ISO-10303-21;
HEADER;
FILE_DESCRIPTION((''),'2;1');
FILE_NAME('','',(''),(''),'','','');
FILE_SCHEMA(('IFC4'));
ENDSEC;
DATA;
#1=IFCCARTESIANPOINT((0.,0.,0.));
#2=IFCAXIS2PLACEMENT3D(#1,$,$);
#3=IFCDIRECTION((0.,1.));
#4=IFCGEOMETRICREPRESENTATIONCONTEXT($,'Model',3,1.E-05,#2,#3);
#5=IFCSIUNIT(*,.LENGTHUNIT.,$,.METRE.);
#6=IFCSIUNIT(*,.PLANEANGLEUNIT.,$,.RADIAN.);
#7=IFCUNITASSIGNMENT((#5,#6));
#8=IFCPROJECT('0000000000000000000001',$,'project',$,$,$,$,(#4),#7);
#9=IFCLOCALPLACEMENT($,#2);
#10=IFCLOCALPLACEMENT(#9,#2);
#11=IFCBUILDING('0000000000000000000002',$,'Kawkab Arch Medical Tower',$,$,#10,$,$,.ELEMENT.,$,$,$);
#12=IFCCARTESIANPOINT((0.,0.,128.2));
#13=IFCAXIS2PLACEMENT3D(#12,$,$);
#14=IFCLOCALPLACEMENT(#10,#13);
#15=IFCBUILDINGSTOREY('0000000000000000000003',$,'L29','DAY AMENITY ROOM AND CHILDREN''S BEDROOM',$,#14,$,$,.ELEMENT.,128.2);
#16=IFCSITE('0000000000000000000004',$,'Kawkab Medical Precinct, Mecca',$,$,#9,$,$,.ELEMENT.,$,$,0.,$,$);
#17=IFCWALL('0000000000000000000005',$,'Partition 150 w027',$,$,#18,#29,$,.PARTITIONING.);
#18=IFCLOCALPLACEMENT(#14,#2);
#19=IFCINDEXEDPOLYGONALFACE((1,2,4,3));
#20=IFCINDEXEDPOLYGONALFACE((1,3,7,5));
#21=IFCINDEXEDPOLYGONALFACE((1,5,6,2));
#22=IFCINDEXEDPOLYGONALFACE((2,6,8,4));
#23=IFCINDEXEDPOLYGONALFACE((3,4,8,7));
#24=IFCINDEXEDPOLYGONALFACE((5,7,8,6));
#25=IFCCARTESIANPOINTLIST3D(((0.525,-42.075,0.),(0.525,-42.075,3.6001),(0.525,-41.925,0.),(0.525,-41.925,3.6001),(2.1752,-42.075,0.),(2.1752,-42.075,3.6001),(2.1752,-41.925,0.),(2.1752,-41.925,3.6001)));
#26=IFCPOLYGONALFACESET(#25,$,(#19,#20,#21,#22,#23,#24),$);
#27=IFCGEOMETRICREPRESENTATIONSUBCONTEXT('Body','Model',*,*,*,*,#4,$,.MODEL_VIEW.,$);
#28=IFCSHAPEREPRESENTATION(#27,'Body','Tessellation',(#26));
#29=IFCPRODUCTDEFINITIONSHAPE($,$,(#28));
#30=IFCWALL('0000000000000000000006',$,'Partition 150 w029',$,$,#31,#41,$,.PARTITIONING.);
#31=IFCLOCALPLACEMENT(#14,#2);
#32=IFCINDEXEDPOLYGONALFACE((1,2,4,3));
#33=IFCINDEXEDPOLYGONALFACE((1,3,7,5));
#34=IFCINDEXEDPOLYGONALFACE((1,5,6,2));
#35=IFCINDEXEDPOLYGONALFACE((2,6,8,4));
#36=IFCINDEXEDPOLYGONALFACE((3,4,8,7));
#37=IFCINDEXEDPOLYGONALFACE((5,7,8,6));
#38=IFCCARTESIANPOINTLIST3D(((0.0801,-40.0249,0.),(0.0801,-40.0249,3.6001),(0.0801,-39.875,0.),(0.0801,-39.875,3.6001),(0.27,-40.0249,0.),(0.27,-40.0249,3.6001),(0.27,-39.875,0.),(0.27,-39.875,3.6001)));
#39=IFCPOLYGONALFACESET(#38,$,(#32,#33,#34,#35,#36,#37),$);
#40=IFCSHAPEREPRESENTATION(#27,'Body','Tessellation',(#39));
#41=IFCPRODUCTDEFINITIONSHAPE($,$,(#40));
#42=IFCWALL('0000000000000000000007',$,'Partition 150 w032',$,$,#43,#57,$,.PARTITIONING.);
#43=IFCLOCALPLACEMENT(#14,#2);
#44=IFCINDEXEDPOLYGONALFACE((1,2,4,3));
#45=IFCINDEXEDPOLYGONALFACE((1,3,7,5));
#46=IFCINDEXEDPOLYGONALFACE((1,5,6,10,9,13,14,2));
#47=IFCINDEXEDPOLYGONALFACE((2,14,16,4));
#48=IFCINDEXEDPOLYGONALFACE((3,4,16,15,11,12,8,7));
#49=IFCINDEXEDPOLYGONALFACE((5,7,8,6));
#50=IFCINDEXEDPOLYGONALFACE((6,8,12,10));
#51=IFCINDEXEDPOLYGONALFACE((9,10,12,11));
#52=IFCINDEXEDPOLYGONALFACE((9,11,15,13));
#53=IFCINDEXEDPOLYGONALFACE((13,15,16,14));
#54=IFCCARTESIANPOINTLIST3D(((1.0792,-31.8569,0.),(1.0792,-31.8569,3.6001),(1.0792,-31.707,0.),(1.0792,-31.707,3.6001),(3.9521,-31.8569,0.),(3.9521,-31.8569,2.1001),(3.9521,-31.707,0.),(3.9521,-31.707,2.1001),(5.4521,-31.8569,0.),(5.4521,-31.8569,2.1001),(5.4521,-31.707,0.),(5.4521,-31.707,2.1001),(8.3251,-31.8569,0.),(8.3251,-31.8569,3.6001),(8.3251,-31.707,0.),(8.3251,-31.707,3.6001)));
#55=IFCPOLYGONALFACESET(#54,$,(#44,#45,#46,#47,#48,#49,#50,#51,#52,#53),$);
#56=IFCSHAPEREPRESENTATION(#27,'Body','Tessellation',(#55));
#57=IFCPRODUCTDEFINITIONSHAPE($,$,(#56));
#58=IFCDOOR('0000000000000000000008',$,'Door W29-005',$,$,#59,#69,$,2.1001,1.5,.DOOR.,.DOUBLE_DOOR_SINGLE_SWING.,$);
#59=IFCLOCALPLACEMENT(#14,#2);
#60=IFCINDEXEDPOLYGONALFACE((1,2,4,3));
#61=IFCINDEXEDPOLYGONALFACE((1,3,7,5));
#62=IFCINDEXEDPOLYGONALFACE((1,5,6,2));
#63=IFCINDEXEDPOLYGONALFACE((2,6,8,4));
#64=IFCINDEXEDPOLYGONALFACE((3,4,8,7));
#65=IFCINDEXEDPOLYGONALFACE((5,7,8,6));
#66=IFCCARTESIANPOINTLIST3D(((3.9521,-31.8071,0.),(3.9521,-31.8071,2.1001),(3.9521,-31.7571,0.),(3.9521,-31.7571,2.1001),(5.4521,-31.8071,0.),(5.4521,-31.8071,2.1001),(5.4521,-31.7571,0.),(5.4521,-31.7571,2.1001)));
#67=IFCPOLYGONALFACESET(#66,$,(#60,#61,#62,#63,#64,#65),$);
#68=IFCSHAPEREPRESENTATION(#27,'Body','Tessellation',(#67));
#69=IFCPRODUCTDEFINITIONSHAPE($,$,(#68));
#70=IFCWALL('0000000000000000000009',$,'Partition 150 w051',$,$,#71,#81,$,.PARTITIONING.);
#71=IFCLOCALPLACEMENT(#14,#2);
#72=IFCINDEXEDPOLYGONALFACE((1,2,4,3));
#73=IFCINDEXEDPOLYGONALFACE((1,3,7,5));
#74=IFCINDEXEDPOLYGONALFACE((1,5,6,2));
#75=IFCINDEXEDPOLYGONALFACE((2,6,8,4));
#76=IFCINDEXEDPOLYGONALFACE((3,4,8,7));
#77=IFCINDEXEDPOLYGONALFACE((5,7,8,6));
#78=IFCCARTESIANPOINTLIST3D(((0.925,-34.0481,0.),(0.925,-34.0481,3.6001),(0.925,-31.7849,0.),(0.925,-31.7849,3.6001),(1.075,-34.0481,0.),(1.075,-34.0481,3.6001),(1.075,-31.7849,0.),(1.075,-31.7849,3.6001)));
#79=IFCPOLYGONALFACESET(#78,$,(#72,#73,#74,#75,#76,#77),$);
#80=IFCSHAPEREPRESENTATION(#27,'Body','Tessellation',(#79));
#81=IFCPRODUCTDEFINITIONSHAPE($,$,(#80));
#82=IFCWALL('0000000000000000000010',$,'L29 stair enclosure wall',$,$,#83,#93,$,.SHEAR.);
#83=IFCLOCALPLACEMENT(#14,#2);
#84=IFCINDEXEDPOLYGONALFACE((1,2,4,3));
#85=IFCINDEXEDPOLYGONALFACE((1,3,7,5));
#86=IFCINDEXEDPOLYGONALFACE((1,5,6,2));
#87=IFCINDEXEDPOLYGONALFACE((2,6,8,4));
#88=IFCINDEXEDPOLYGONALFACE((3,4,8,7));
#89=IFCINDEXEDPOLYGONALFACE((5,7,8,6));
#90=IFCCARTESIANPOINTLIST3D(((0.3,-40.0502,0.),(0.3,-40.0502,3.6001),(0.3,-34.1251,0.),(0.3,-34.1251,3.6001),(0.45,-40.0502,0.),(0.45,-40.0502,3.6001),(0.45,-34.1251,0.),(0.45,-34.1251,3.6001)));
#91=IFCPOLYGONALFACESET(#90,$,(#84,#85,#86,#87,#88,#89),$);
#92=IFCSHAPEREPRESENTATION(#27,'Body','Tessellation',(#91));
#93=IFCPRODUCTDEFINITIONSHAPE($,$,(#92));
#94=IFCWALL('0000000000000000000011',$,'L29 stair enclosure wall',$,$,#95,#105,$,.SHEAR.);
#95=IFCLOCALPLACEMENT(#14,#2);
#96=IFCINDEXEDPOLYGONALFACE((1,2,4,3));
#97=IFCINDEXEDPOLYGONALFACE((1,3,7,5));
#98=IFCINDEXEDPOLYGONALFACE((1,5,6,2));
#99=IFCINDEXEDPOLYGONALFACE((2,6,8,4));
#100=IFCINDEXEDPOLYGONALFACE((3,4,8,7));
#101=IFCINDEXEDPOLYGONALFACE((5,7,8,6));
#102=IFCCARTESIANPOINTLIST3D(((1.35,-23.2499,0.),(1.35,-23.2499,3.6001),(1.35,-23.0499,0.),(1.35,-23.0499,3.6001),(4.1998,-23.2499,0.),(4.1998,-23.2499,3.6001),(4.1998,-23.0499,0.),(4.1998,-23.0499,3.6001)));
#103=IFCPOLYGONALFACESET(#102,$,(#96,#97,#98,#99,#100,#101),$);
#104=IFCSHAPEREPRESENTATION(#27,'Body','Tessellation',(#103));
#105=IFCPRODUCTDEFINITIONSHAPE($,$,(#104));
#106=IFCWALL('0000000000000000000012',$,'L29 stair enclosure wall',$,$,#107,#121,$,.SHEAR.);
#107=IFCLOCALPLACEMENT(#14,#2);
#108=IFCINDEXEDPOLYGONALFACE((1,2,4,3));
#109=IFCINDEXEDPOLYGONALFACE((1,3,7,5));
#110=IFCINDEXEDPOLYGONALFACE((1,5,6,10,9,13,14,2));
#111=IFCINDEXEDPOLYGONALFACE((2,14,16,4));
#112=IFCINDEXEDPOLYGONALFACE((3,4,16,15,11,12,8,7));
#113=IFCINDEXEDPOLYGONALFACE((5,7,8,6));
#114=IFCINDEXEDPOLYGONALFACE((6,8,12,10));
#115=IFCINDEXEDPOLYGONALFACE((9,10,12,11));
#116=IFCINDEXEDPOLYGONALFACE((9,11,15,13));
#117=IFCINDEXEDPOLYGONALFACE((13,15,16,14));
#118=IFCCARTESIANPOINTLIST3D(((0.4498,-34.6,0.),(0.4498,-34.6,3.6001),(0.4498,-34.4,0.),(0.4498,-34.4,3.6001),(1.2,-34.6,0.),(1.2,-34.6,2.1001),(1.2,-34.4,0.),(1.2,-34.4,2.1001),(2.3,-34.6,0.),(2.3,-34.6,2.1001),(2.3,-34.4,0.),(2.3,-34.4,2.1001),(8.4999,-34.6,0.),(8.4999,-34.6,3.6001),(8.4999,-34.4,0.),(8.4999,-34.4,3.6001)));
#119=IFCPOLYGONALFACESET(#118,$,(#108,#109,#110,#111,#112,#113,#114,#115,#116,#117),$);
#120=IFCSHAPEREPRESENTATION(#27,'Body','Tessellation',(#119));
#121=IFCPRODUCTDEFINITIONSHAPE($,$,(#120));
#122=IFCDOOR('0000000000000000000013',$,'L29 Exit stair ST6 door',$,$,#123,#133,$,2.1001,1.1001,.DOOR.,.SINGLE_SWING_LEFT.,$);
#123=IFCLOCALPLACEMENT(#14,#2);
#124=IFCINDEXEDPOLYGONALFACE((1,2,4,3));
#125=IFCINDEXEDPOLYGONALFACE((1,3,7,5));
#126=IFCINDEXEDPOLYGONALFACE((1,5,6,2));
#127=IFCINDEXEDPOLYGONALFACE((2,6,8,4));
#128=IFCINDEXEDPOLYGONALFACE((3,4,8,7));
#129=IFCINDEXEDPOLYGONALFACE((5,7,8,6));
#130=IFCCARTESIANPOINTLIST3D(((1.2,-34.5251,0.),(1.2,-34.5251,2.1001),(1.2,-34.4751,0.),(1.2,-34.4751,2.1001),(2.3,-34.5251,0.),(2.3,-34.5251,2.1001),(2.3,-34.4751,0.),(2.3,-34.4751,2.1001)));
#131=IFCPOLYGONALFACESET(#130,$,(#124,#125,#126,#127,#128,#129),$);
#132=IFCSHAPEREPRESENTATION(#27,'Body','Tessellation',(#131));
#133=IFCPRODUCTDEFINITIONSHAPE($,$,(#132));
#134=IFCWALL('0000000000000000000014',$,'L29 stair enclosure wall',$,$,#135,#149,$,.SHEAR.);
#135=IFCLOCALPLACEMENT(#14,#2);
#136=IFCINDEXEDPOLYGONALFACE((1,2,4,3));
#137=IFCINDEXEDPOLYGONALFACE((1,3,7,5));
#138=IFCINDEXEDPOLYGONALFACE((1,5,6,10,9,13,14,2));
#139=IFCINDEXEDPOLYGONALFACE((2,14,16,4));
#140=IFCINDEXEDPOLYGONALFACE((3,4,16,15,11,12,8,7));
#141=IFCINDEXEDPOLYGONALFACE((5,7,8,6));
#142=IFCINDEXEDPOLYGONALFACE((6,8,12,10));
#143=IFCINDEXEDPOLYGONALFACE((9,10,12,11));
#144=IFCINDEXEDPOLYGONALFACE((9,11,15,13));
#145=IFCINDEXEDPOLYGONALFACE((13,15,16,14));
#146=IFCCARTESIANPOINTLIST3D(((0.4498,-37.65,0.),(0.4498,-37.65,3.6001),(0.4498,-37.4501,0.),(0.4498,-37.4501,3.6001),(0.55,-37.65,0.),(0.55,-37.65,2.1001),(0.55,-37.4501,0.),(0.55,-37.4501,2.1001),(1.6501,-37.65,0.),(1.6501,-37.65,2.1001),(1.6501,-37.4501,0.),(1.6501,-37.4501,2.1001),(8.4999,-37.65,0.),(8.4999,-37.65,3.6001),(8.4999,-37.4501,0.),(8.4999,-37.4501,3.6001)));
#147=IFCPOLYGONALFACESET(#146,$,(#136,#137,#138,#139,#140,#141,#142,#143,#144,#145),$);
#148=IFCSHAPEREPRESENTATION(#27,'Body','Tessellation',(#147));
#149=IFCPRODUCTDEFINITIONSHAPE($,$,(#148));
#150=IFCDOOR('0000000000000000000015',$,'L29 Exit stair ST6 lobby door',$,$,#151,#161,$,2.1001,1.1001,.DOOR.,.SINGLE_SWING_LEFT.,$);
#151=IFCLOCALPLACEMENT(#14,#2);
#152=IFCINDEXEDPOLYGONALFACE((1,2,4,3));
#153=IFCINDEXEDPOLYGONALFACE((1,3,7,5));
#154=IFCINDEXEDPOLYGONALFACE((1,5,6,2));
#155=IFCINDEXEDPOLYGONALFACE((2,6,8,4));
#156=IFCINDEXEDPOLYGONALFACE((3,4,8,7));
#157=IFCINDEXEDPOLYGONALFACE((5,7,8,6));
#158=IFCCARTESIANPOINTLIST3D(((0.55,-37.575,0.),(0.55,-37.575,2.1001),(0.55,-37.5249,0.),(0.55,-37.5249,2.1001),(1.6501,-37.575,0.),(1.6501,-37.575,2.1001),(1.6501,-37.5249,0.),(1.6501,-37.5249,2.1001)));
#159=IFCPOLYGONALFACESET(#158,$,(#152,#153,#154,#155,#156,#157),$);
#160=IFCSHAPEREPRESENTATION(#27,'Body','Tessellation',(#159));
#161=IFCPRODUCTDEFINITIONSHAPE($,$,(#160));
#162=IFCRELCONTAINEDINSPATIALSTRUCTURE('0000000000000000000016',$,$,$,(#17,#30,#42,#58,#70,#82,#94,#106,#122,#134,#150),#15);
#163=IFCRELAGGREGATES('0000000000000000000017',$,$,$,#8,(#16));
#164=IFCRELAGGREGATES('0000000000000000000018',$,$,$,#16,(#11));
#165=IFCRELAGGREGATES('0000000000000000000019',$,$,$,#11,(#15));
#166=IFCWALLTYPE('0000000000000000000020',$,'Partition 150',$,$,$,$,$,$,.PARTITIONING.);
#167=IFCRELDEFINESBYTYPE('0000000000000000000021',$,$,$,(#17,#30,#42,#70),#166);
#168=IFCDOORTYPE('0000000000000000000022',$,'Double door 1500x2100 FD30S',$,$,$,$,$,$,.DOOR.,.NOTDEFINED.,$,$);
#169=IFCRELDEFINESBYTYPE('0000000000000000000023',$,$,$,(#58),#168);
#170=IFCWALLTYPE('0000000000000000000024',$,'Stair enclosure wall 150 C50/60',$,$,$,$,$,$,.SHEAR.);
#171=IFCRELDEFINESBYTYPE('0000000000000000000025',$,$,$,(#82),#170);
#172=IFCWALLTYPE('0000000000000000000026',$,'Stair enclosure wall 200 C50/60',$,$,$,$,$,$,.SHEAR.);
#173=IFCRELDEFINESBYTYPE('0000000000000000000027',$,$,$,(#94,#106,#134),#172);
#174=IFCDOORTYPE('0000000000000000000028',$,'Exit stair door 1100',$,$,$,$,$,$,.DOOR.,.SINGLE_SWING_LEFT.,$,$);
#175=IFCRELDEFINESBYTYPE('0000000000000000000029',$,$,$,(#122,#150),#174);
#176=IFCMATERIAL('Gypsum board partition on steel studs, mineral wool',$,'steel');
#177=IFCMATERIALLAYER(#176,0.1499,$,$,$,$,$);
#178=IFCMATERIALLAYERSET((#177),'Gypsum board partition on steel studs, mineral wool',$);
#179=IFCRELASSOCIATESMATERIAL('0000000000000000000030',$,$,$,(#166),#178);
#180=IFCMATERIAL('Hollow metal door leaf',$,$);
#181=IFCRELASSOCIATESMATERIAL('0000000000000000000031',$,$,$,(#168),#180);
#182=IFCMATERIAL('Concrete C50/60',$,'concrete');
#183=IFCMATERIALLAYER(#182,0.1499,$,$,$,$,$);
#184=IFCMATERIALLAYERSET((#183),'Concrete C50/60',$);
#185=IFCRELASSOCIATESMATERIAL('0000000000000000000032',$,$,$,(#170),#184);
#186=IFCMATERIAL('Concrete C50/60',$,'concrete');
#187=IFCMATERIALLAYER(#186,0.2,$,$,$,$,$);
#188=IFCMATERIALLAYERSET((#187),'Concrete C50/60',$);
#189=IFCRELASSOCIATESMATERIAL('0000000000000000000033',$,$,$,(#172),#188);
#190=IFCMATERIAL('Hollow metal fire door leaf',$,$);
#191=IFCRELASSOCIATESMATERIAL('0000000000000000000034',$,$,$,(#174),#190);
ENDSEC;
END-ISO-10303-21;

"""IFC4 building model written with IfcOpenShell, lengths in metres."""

from ifc_helpers import new_model, si_unit, direction, frame, frame_2d, origin, place, context, subcontext, project, spatial, rectangle, extrude, material, layer, layer_set, type_object, element, fill, save


model = new_model("IFC4")

# Units and contexts
model_context = context("Model", 3, precision=1e-05, world=origin(), true_north=direction((0.0, 1.0)))
body_context = subcontext(model_context, "Body", "Model", "MODEL_VIEW")
ifc_project = project(units=[si_unit("LENGTHUNIT", "METRE"), si_unit("PLANEANGLEUNIT", "RADIAN")], contexts=[model_context])

# Site, building, storey
site_placement = place(None, origin())
site = spatial("IfcSite", under=ifc_project, at=site_placement, Name="Kawkab Medical Precinct, Mecca", CompositionType="ELEMENT", RefElevation=0.0)
building_placement = place(site_placement, origin())
building = spatial("IfcBuilding", under=site, at=building_placement, Name="Kawkab Arch Medical Tower", CompositionType="ELEMENT")
storey_placement = place(building_placement, frame((0.0, 0.0, 128.2)))
storey = spatial("IfcBuildingStorey", under=building, at=storey_placement, Name="L29", Description="DAY AMENITY ROOM AND CHILDREN'S BEDROOM", CompositionType="ELEMENT", Elevation=128.2)

# Walls
ifc_material_1 = material(Name="Gypsum board partition on steel studs, mineral wool", Category="steel")
ifc_layer_1 = layer(ifc_material_1, 0.1499)
ifc_layer_set_1 = layer_set([ifc_layer_1], Name="Gypsum board partition on steel studs, mineral wool")
wall_type_1 = type_object("IfcWallType", Name="Partition 150", PredefinedType="PARTITIONING", material=ifc_layer_set_1)
wall_1_placement = place(storey_placement, frame((0.5249, -42.0, 0.0), z_axis=(0.0, 0.0, 1.0), x_axis=(1.0, 0.0, 0.0)))
element("IfcWall", 1, at=wall_1_placement, inside=storey, type_object=wall_type_1, Name="Partition 150 w027", PredefinedType="PARTITIONING", context=body_context, shape_type="SweptSolid", body=[
    extrude(rectangle(XDim=1.6501, YDim=0.1499, at=frame_2d((0.8252, 0.0))), origin(), (0.0, 0.0, 1.0), 3.6001),
])
wall_2_placement = place(storey_placement, frame((0.0801, -39.95, 0.0), z_axis=(0.0, 0.0, 1.0), x_axis=(1.0, 0.0, 0.0)))
element("IfcWall", 2, at=wall_2_placement, inside=storey, type_object=wall_type_1, Name="Partition 150 w029", PredefinedType="PARTITIONING", context=body_context, shape_type="SweptSolid", body=[
    extrude(rectangle(XDim=0.1899, YDim=0.1499, at=frame_2d((0.095, 0.0))), origin(), (0.0, 0.0, 1.0), 3.6001),
])

# Wall, opening, door
wall_3_placement = place(storey_placement, frame((1.0791, -31.782, 0.0), z_axis=(0.0, 0.0, 1.0), x_axis=(1.0, 0.0, 0.0)))
wall_3 = element("IfcWall", 3, at=wall_3_placement, inside=storey, type_object=wall_type_1, Name="Partition 150 w032", PredefinedType="PARTITIONING", context=body_context, shape_type="SweptSolid", body=[
    extrude(rectangle(XDim=7.2458, YDim=0.1499, at=frame_2d((3.623, 0.0))), origin(), (0.0, 0.0, 1.0), 3.6001),
])
opening_1_placement = place(wall_3_placement, frame((2.873, 0.0, 0.0)))
opening_1 = element("IfcOpeningElement", 4, at=opening_1_placement, cuts=wall_3, PredefinedType="OPENING", context=body_context, shape_type="SweptSolid", body=[
    extrude(rectangle(XDim=1.5, YDim=2.1001, at=frame_2d((0.75, 1.05))), frame((0.0, 0.085, 0.0), z_axis=(0.0, -1.0, 0.0), x_axis=(1.0, 0.0, 0.0)), (0.0, 0.0, 1.0), 0.1699),
])
ifc_material_2 = material(Name="Hollow metal door leaf")
door_type_1 = type_object("IfcDoorType", Name="Double door 1500x2100 FD30S", OperationType="NOTDEFINED", PredefinedType="DOOR", material=ifc_material_2)
door_1_placement = place(opening_1_placement, origin())
door_1 = element("IfcDoor", 5, at=door_1_placement, inside=storey, type_object=door_type_1, Name="Door W29-005", OperationType="DOUBLE_DOOR_SINGLE_SWING", OverallHeight=2.1001, OverallWidth=1.5, PredefinedType="DOOR", context=body_context, shape_type="SweptSolid", body=[
    extrude(rectangle(XDim=1.5, YDim=2.1001, at=frame_2d((0.75, 1.05))), frame((0.0, 0.0249, 0.0), z_axis=(0.0, -1.0, 0.0), x_axis=(1.0, 0.0, 0.0)), (0.0, 0.0, 1.0), 0.05),
])
fill(opening_1, door_1)

# Walls
wall_4_placement = place(storey_placement, frame((1.0, -34.0481, 0.0), z_axis=(0.0, 0.0, 1.0), x_axis=(0.0, 1.0, 0.0)))
element("IfcWall", 6, at=wall_4_placement, inside=storey, type_object=wall_type_1, Name="Partition 150 w051", PredefinedType="PARTITIONING", context=body_context, shape_type="SweptSolid", body=[
    extrude(rectangle(XDim=2.2632, YDim=0.1499, at=frame_2d((1.1316, 0.0))), origin(), (0.0, 0.0, 1.0), 3.6001),
])
ifc_material_3 = material(Name="Concrete C50/60", Category="concrete")
ifc_layer_2 = layer(ifc_material_3, 0.1499)
ifc_layer_set_2 = layer_set([ifc_layer_2], Name="Concrete C50/60")
wall_type_2 = type_object("IfcWallType", Name="Stair enclosure wall 150 C50/60", PredefinedType="SHEAR", material=ifc_layer_set_2)
wall_5_placement = place(storey_placement, frame((0.375, -40.05, 0.0), z_axis=(0.0, 0.0, 1.0), x_axis=(0.0, 1.0, 0.0)))
element("IfcWall", 7, at=wall_5_placement, inside=storey, type_object=wall_type_2, Name="L29 stair enclosure wall", PredefinedType="SHEAR", context=body_context, shape_type="SweptSolid", body=[
    extrude(rectangle(XDim=5.925, YDim=0.1499, at=frame_2d((2.9624, 0.0))), origin(), (0.0, 0.0, 1.0), 3.6001),
])
ifc_material_4 = material(Name="Concrete C50/60", Category="concrete")
ifc_layer_3 = layer(ifc_material_4, 0.2)
ifc_layer_set_3 = layer_set([ifc_layer_3], Name="Concrete C50/60")
wall_type_3 = type_object("IfcWallType", Name="Stair enclosure wall 200 C50/60", PredefinedType="SHEAR", material=ifc_layer_set_3)
wall_6_placement = place(storey_placement, frame((1.3501, -23.1499, 0.0), z_axis=(0.0, 0.0, 1.0), x_axis=(1.0, 0.0, 0.0)))
element("IfcWall", 8, at=wall_6_placement, inside=storey, type_object=wall_type_3, Name="L29 stair enclosure wall", PredefinedType="SHEAR", context=body_context, shape_type="SweptSolid", body=[
    extrude(rectangle(XDim=2.8499, YDim=0.2, at=frame_2d((1.4248, 0.0))), origin(), (0.0, 0.0, 1.0), 3.6001),
])

# Walls, openings, doors
wall_7_placement = place(storey_placement, frame((0.45, -34.5, 0.0), z_axis=(0.0, 0.0, 1.0), x_axis=(1.0, 0.0, 0.0)))
wall_7 = element("IfcWall", 9, at=wall_7_placement, inside=storey, type_object=wall_type_3, Name="L29 stair enclosure wall", PredefinedType="SHEAR", context=body_context, shape_type="SweptSolid", body=[
    extrude(rectangle(XDim=8.05, YDim=0.2, at=frame_2d((4.0249, 0.0))), origin(), (0.0, 0.0, 1.0), 3.6001),
])
opening_2_placement = place(wall_7_placement, frame((0.75, 0.0, 0.0)))
opening_2 = element("IfcOpeningElement", 10, at=opening_2_placement, cuts=wall_7, PredefinedType="OPENING", context=body_context, shape_type="SweptSolid", body=[
    extrude(rectangle(XDim=1.1001, YDim=2.1001, at=frame_2d((0.55, 1.05))), frame((0.0, 0.1099, 0.0), z_axis=(0.0, -1.0, 0.0), x_axis=(1.0, 0.0, 0.0)), (0.0, 0.0, 1.0), 0.22),
])
ifc_material_5 = material(Name="Hollow metal fire door leaf")
door_type_2 = type_object("IfcDoorType", Name="Exit stair door 1100", OperationType="SINGLE_SWING_LEFT", PredefinedType="DOOR", material=ifc_material_5)
door_2_placement = place(opening_2_placement, origin())
door_2 = element("IfcDoor", 11, at=door_2_placement, inside=storey, type_object=door_type_2, Name="L29 Exit stair ST6 door", OperationType="SINGLE_SWING_LEFT", OverallHeight=2.1001, OverallWidth=1.1001, PredefinedType="DOOR", context=body_context, shape_type="SweptSolid", body=[
    extrude(rectangle(XDim=1.1001, YDim=2.1001, at=frame_2d((0.55, 1.05))), frame((0.0, 0.0249, 0.0), z_axis=(0.0, -1.0, 0.0), x_axis=(1.0, 0.0, 0.0)), (0.0, 0.0, 1.0), 0.05),
])
fill(opening_2, door_2)
wall_8_placement = place(storey_placement, frame((0.45, -37.55, 0.0), z_axis=(0.0, 0.0, 1.0), x_axis=(1.0, 0.0, 0.0)))
wall_8 = element("IfcWall", 12, at=wall_8_placement, inside=storey, type_object=wall_type_3, Name="L29 stair enclosure wall", PredefinedType="SHEAR", context=body_context, shape_type="SweptSolid", body=[
    extrude(rectangle(XDim=8.05, YDim=0.2, at=frame_2d((4.0249, 0.0))), origin(), (0.0, 0.0, 1.0), 3.6001),
])
opening_3_placement = place(wall_8_placement, frame((0.1001, 0.0, 0.0)))
opening_3 = element("IfcOpeningElement", 13, at=opening_3_placement, cuts=wall_8, PredefinedType="OPENING", context=body_context, shape_type="SweptSolid", body=[
    extrude(rectangle(XDim=1.1001, YDim=2.1001, at=frame_2d((0.55, 1.05))), frame((0.0, 0.1099, 0.0), z_axis=(0.0, -1.0, 0.0), x_axis=(1.0, 0.0, 0.0)), (0.0, 0.0, 1.0), 0.22),
])
door_3_placement = place(opening_3_placement, frame((1.1001, 0.0, 0.0), z_axis=(0.0, 0.0, 1.0), x_axis=(-1.0, 0.0, 0.0)))
door_3 = element("IfcDoor", 14, at=door_3_placement, inside=storey, type_object=door_type_2, Name="L29 Exit stair ST6 lobby door", OperationType="SINGLE_SWING_LEFT", OverallHeight=2.1001, OverallWidth=1.1001, PredefinedType="DOOR", context=body_context, shape_type="SweptSolid", body=[
    extrude(rectangle(XDim=1.1001, YDim=2.1001, at=frame_2d((0.55, 1.05))), frame((0.0, 0.0249, 0.0), z_axis=(0.0, -1.0, 0.0), x_axis=(1.0, 0.0, 0.0)), (0.0, 0.0, 1.0), 0.05),
])
fill(opening_3, door_3)

save(model, "model.ifc")
